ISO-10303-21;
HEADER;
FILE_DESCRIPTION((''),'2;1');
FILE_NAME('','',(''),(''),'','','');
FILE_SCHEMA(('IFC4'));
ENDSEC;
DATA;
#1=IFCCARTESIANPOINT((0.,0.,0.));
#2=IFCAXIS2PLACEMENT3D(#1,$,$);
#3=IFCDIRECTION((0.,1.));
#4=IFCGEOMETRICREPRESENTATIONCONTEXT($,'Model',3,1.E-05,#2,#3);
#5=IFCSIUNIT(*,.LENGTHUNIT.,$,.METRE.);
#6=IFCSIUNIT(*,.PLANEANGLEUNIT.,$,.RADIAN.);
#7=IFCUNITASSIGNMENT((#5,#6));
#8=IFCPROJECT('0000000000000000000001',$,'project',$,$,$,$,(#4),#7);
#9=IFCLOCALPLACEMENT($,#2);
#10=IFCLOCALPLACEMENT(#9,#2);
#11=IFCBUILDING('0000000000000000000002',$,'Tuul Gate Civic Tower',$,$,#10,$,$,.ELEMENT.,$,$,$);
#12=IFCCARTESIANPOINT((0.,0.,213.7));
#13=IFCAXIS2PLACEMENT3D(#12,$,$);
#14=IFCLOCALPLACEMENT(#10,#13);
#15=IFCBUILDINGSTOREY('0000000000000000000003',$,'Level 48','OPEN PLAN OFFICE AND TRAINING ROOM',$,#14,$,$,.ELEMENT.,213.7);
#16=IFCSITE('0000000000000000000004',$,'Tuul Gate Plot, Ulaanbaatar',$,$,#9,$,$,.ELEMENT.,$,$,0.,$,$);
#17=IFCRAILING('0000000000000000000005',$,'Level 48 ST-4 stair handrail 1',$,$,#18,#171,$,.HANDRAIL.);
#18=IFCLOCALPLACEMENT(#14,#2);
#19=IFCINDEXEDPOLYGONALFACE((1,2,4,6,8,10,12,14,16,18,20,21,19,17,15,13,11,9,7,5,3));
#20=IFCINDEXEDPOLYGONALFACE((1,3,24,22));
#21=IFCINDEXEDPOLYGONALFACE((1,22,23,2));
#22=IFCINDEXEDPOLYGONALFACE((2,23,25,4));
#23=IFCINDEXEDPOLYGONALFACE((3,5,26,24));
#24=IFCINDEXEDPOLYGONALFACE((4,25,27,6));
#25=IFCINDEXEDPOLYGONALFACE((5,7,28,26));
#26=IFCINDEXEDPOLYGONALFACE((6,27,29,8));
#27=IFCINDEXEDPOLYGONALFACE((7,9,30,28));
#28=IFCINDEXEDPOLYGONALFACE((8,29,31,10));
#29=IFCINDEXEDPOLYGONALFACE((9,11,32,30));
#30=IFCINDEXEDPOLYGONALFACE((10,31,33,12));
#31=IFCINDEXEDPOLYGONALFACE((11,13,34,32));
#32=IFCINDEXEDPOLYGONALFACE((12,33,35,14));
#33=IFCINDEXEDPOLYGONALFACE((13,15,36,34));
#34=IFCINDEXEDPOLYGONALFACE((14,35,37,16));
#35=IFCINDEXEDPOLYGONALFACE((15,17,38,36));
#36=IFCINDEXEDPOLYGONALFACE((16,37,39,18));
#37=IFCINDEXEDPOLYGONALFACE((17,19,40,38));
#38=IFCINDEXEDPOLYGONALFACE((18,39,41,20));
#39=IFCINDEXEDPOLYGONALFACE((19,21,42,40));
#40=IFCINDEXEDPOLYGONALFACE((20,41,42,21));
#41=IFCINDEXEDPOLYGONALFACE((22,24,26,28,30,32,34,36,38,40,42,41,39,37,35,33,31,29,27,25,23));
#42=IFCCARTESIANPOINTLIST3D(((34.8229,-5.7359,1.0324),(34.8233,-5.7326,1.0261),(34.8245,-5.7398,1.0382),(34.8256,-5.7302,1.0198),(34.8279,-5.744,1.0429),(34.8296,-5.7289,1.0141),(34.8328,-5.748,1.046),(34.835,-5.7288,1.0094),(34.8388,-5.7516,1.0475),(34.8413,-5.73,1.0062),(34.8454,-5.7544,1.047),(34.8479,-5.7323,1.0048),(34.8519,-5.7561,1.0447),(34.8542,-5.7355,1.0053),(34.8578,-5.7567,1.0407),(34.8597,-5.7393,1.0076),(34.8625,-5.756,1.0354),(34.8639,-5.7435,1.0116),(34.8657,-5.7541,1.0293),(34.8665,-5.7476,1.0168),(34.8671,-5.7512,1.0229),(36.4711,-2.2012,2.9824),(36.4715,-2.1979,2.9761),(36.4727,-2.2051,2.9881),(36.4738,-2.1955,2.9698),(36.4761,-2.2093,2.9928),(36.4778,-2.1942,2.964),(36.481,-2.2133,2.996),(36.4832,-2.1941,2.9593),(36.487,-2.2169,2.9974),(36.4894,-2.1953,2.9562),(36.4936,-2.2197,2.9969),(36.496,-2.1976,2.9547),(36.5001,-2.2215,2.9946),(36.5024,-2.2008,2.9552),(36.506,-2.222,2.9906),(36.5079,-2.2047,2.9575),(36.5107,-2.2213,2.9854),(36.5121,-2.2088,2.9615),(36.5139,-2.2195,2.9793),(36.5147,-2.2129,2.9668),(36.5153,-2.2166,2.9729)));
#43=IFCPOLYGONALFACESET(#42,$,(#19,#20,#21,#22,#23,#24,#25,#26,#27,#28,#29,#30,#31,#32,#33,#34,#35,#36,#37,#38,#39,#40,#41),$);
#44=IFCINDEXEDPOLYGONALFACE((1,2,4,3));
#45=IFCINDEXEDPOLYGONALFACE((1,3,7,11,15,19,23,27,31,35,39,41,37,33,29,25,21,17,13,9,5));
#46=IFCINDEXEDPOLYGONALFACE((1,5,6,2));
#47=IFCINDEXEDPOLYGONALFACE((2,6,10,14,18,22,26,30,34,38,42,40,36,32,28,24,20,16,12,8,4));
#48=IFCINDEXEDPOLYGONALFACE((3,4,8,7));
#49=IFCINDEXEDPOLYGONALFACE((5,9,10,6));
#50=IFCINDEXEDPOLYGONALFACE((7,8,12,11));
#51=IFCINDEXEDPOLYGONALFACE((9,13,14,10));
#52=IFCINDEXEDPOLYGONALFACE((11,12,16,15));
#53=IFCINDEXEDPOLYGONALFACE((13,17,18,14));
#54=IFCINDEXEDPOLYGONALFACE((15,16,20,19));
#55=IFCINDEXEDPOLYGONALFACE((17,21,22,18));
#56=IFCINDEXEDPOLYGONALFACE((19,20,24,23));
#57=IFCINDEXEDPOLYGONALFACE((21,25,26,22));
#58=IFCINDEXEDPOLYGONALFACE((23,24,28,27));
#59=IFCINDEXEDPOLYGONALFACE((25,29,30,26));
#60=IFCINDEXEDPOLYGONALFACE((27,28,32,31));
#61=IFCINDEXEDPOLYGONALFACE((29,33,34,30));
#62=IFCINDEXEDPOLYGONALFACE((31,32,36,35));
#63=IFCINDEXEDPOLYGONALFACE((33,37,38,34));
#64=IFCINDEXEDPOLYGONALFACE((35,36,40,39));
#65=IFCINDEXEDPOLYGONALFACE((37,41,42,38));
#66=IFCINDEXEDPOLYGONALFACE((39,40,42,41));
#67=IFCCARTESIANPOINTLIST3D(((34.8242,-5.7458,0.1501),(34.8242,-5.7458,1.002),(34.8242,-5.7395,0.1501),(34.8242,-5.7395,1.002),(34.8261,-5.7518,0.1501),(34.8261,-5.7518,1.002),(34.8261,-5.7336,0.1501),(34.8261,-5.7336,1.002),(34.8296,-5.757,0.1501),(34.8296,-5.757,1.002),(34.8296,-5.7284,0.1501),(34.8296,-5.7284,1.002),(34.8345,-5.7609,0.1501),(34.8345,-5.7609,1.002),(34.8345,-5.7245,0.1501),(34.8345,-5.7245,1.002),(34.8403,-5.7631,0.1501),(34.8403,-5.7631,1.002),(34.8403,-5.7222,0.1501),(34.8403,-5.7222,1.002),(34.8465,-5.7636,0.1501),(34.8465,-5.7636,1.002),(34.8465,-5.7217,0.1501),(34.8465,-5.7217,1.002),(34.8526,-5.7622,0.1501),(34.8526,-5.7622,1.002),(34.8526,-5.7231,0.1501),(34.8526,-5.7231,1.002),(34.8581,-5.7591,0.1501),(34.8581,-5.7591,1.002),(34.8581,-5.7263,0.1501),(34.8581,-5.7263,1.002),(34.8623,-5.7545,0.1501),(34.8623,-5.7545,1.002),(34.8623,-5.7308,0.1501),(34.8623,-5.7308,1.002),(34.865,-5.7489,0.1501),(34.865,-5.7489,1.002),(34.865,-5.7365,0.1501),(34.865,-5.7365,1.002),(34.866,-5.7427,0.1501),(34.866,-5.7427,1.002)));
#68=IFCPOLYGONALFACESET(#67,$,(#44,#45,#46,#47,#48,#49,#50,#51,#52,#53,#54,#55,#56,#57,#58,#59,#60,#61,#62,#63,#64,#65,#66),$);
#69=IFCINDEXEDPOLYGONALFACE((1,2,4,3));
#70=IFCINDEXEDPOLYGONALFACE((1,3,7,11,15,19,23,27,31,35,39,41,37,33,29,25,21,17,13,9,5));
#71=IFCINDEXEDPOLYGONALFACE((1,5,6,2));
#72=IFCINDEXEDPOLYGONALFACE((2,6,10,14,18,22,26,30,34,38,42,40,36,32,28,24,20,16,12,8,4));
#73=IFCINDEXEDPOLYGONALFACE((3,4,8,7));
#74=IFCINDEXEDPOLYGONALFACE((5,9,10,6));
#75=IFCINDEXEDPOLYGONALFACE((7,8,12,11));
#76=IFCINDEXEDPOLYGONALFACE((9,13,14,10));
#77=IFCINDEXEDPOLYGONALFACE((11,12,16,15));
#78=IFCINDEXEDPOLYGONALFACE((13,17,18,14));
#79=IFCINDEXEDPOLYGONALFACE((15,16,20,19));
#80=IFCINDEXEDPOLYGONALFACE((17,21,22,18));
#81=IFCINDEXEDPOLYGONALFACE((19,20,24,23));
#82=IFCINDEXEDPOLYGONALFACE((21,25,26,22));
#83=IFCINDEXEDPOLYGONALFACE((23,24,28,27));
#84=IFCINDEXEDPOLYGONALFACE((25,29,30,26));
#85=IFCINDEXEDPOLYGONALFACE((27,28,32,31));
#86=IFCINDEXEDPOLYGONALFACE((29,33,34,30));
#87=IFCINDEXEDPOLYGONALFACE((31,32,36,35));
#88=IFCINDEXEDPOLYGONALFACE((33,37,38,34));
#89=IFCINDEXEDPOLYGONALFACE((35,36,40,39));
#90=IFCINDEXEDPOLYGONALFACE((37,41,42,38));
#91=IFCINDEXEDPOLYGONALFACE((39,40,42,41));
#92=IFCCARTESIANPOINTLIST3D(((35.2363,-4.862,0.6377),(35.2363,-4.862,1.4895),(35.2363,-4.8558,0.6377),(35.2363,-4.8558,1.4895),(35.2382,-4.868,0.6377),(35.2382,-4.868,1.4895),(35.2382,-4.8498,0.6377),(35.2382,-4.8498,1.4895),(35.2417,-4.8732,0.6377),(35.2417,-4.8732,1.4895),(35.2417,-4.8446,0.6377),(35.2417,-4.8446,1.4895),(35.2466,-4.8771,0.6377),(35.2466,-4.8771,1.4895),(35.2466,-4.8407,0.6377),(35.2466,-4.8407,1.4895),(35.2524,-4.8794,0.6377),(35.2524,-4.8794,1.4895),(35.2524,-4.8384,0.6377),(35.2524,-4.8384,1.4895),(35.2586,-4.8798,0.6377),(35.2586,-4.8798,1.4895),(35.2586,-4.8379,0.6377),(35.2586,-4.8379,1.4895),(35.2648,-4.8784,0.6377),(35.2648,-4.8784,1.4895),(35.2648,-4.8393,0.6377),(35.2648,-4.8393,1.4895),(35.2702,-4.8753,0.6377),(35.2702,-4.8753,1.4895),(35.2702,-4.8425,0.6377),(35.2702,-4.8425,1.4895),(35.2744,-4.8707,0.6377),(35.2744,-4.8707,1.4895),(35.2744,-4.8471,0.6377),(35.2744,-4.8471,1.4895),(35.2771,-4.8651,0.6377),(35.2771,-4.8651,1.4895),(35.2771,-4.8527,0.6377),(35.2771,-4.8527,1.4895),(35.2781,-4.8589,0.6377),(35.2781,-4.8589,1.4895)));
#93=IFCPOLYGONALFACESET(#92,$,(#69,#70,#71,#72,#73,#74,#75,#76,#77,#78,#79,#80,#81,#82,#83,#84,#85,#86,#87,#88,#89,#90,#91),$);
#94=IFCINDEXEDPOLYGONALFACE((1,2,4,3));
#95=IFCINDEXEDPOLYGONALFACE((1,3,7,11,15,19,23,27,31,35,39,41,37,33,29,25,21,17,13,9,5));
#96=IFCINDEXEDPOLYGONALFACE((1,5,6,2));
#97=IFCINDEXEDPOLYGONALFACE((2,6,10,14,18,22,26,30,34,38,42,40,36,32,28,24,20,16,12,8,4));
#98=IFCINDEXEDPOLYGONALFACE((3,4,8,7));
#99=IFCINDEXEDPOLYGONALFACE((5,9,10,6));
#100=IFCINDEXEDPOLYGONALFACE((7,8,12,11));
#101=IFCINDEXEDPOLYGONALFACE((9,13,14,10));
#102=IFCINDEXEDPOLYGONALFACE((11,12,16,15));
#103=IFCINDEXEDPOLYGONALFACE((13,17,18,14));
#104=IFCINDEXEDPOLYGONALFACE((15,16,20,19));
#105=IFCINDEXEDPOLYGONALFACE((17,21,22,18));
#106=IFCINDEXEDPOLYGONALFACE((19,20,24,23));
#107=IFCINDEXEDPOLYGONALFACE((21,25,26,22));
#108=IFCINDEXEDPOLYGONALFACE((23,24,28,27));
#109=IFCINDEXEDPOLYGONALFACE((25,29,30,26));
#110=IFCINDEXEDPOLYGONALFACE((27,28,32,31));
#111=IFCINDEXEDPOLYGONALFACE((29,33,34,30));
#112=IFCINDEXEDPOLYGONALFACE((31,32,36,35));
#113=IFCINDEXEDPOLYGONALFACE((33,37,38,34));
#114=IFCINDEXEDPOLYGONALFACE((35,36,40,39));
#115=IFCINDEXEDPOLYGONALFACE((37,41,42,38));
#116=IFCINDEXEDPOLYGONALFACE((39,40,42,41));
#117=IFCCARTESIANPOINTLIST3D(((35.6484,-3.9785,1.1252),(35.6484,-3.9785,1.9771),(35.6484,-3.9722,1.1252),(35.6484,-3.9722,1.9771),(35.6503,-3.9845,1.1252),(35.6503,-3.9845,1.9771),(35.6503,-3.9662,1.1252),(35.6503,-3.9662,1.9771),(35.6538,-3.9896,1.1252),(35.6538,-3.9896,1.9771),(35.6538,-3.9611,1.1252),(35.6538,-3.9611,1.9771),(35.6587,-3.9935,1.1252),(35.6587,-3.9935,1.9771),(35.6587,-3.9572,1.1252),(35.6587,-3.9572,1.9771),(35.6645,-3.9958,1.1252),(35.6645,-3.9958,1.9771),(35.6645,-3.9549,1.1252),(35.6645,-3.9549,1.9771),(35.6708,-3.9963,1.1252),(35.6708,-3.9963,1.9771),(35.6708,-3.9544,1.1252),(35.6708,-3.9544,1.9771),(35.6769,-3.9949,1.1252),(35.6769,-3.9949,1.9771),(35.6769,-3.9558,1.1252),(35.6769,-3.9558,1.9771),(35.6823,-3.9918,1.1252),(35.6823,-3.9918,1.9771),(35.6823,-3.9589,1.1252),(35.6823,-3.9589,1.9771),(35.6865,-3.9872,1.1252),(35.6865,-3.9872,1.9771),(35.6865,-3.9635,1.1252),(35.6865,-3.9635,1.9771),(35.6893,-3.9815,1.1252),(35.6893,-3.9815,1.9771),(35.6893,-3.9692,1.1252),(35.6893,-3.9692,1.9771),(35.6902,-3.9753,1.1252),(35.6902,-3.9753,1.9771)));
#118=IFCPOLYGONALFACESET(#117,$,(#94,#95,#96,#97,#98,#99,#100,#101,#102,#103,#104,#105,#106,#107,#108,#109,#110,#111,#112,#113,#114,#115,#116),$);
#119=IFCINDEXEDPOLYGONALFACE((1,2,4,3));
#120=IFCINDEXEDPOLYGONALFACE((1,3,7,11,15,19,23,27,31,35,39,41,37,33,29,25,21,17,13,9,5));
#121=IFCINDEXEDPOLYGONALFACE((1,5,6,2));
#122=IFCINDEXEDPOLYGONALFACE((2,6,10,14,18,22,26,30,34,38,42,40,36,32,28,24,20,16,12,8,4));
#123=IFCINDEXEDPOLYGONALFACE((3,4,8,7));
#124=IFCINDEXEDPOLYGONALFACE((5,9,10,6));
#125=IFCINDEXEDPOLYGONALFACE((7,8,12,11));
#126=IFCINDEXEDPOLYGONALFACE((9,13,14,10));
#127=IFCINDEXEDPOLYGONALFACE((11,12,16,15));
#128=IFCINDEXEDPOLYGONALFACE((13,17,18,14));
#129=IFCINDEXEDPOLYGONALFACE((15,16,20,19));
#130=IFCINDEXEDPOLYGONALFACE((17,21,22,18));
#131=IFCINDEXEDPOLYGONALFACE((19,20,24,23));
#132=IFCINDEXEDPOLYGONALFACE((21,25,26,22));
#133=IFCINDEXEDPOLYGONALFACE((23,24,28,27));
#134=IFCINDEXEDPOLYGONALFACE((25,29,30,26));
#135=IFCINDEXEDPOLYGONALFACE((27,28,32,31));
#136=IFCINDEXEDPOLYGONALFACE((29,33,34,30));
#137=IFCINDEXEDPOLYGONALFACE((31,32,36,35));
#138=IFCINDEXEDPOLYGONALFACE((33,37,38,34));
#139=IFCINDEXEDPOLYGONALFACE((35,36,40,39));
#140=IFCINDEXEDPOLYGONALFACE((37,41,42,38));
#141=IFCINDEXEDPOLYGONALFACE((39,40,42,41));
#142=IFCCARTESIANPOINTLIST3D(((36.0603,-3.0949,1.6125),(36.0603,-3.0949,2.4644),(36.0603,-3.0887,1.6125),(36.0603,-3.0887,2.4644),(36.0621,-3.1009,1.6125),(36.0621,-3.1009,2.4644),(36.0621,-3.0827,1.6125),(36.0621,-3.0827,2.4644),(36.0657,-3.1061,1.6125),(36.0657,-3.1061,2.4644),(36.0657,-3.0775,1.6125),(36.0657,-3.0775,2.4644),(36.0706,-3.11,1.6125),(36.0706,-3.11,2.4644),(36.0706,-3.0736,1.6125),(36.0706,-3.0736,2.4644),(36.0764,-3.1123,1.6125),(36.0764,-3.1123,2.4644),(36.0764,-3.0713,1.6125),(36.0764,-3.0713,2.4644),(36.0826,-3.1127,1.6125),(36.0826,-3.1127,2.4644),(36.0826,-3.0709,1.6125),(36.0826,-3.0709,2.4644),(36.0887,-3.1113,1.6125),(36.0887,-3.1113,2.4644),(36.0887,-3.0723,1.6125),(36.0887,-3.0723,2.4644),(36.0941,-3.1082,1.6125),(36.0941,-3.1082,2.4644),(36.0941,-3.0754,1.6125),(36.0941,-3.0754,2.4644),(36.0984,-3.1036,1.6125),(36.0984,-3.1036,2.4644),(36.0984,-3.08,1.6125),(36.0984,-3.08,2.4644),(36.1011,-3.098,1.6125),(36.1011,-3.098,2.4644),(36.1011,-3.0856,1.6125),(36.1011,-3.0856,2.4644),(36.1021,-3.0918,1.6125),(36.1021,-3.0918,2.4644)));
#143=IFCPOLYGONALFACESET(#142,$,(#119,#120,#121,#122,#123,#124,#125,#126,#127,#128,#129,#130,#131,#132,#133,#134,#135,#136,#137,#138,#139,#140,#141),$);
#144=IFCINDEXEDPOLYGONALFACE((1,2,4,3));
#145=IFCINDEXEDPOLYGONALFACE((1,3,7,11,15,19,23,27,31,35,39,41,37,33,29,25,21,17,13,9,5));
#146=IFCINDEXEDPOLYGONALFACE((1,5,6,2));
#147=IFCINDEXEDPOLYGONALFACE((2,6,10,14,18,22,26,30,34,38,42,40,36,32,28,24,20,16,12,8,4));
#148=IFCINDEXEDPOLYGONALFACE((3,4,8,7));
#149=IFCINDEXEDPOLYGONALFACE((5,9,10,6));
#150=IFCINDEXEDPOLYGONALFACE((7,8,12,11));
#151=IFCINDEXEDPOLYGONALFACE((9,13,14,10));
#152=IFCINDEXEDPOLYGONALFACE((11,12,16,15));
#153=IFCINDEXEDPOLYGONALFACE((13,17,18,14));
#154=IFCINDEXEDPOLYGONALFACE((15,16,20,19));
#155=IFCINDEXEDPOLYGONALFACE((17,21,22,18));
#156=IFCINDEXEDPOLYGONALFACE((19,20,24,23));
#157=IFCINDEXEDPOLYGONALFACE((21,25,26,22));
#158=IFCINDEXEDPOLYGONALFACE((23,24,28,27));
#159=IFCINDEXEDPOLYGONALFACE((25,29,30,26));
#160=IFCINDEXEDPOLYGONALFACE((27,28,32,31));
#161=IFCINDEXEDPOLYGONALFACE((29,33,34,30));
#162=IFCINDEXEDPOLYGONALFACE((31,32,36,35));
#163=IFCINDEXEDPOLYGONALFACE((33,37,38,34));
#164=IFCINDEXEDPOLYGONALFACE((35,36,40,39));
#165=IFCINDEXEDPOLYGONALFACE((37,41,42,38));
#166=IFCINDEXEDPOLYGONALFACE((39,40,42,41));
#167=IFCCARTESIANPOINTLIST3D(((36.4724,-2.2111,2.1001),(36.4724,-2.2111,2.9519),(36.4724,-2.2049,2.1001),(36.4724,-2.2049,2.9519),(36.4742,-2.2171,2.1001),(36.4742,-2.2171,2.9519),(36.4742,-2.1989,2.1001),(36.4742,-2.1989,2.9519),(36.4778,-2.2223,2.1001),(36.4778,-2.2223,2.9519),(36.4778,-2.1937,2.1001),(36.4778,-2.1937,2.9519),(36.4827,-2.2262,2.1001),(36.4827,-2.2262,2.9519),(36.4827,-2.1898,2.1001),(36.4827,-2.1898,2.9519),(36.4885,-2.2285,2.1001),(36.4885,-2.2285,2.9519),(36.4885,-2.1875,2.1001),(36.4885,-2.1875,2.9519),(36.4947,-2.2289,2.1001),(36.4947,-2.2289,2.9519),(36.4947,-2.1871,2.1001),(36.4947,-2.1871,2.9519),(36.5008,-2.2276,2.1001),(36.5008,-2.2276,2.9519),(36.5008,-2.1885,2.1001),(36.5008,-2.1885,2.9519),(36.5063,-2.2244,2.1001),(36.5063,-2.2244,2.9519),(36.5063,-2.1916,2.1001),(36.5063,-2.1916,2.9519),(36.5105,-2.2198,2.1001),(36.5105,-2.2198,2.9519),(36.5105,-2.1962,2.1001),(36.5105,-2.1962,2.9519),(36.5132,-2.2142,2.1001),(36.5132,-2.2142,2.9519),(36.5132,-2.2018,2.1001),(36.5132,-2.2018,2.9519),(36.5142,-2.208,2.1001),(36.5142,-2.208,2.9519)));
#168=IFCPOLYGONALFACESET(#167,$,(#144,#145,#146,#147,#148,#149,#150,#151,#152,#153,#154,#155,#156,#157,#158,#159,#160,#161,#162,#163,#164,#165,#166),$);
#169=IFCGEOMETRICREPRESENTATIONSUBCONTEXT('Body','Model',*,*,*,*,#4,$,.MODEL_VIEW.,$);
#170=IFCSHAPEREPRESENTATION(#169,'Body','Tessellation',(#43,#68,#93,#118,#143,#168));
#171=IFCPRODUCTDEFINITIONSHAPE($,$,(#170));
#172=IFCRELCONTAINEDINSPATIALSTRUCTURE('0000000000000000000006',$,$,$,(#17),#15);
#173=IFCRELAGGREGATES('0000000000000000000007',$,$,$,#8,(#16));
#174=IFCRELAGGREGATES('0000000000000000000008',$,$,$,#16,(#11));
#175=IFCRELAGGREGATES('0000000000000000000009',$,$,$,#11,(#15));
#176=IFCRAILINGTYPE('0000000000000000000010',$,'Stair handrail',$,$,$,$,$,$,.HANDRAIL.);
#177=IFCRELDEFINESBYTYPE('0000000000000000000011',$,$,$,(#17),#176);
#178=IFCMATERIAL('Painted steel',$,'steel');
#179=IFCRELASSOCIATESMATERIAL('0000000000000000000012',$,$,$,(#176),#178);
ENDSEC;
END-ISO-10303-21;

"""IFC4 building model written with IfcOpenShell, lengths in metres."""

from ifc_helpers import new_model, si_unit, direction, frame, origin, origin_2d, place, context, subcontext, project, spatial, circle, extrude, material, type_object, element, save


model = new_model("IFC4")

# Units and contexts
model_context = context("Model", 3, precision=1e-05, world=origin(), true_north=direction((0.0, 1.0)))
body_context = subcontext(model_context, "Body", "Model", "MODEL_VIEW")
ifc_project = project(units=[si_unit("LENGTHUNIT", "METRE"), si_unit("PLANEANGLEUNIT", "RADIAN")], contexts=[model_context])

# Site, building, storey
site_placement = place(None, origin())
site = spatial("IfcSite", under=ifc_project, at=site_placement, Name="Tuul Gate Plot, Ulaanbaatar", CompositionType="ELEMENT", RefElevation=0.0)
building_placement = place(site_placement, origin())
building = spatial("IfcBuilding", under=site, at=building_placement, Name="Tuul Gate Civic Tower", CompositionType="ELEMENT")
storey_placement = place(building_placement, frame((0.0, 0.0, 213.7)))
storey = spatial("IfcBuildingStorey", under=building, at=storey_placement, Name="Level 48", Description="OPEN PLAN OFFICE AND TRAINING ROOM", CompositionType="ELEMENT", Elevation=213.7)

# Railing
ifc_material_1 = material(Name="Painted steel", Category="steel")
railing_type_1 = type_object("IfcRailingType", Name="Stair handrail", PredefinedType="HANDRAIL", material=ifc_material_1)
railing_1_placement = place(storey_placement, frame((34.845, -5.7427, 0.1501)))
element("IfcRailing", 1, at=railing_1_placement, inside=storey, type_object=railing_type_1, Name="Level 48 ST-4 stair handrail 1", PredefinedType="HANDRAIL", context=body_context, shape_type="SweptSolid", body=[
    extrude(circle(Radius=0.0239, at=origin_2d()), frame((0.0, 0.0, 0.876), z_axis=(0.377995, 0.810637, 0.4472), x_axis=(-0.906313, 0.422608, 0.0)), (0.0, 0.0, 1.0), 4.3604),
    extrude(circle(Radius=0.021, at=origin_2d()), origin(), (0.0, 0.0, 1.0), 0.8518),
    extrude(circle(Radius=0.021, at=origin_2d()), frame((0.4121, 0.8838, 0.4875)), (0.0, 0.0, 1.0), 0.8518),
    extrude(circle(Radius=0.021, at=origin_2d()), frame((0.8242, 1.7673, 0.9751)), (0.0, 0.0, 1.0), 0.8518),
    extrude(circle(Radius=0.021, at=origin_2d()), frame((1.2361, 2.6509, 1.4624)), (0.0, 0.0, 1.0), 0.8518),
    extrude(circle(Radius=0.021, at=origin_2d()), frame((1.6482, 3.5347, 1.95)), (0.0, 0.0, 1.0), 0.8518),
])

save(model, "model.ifc")
